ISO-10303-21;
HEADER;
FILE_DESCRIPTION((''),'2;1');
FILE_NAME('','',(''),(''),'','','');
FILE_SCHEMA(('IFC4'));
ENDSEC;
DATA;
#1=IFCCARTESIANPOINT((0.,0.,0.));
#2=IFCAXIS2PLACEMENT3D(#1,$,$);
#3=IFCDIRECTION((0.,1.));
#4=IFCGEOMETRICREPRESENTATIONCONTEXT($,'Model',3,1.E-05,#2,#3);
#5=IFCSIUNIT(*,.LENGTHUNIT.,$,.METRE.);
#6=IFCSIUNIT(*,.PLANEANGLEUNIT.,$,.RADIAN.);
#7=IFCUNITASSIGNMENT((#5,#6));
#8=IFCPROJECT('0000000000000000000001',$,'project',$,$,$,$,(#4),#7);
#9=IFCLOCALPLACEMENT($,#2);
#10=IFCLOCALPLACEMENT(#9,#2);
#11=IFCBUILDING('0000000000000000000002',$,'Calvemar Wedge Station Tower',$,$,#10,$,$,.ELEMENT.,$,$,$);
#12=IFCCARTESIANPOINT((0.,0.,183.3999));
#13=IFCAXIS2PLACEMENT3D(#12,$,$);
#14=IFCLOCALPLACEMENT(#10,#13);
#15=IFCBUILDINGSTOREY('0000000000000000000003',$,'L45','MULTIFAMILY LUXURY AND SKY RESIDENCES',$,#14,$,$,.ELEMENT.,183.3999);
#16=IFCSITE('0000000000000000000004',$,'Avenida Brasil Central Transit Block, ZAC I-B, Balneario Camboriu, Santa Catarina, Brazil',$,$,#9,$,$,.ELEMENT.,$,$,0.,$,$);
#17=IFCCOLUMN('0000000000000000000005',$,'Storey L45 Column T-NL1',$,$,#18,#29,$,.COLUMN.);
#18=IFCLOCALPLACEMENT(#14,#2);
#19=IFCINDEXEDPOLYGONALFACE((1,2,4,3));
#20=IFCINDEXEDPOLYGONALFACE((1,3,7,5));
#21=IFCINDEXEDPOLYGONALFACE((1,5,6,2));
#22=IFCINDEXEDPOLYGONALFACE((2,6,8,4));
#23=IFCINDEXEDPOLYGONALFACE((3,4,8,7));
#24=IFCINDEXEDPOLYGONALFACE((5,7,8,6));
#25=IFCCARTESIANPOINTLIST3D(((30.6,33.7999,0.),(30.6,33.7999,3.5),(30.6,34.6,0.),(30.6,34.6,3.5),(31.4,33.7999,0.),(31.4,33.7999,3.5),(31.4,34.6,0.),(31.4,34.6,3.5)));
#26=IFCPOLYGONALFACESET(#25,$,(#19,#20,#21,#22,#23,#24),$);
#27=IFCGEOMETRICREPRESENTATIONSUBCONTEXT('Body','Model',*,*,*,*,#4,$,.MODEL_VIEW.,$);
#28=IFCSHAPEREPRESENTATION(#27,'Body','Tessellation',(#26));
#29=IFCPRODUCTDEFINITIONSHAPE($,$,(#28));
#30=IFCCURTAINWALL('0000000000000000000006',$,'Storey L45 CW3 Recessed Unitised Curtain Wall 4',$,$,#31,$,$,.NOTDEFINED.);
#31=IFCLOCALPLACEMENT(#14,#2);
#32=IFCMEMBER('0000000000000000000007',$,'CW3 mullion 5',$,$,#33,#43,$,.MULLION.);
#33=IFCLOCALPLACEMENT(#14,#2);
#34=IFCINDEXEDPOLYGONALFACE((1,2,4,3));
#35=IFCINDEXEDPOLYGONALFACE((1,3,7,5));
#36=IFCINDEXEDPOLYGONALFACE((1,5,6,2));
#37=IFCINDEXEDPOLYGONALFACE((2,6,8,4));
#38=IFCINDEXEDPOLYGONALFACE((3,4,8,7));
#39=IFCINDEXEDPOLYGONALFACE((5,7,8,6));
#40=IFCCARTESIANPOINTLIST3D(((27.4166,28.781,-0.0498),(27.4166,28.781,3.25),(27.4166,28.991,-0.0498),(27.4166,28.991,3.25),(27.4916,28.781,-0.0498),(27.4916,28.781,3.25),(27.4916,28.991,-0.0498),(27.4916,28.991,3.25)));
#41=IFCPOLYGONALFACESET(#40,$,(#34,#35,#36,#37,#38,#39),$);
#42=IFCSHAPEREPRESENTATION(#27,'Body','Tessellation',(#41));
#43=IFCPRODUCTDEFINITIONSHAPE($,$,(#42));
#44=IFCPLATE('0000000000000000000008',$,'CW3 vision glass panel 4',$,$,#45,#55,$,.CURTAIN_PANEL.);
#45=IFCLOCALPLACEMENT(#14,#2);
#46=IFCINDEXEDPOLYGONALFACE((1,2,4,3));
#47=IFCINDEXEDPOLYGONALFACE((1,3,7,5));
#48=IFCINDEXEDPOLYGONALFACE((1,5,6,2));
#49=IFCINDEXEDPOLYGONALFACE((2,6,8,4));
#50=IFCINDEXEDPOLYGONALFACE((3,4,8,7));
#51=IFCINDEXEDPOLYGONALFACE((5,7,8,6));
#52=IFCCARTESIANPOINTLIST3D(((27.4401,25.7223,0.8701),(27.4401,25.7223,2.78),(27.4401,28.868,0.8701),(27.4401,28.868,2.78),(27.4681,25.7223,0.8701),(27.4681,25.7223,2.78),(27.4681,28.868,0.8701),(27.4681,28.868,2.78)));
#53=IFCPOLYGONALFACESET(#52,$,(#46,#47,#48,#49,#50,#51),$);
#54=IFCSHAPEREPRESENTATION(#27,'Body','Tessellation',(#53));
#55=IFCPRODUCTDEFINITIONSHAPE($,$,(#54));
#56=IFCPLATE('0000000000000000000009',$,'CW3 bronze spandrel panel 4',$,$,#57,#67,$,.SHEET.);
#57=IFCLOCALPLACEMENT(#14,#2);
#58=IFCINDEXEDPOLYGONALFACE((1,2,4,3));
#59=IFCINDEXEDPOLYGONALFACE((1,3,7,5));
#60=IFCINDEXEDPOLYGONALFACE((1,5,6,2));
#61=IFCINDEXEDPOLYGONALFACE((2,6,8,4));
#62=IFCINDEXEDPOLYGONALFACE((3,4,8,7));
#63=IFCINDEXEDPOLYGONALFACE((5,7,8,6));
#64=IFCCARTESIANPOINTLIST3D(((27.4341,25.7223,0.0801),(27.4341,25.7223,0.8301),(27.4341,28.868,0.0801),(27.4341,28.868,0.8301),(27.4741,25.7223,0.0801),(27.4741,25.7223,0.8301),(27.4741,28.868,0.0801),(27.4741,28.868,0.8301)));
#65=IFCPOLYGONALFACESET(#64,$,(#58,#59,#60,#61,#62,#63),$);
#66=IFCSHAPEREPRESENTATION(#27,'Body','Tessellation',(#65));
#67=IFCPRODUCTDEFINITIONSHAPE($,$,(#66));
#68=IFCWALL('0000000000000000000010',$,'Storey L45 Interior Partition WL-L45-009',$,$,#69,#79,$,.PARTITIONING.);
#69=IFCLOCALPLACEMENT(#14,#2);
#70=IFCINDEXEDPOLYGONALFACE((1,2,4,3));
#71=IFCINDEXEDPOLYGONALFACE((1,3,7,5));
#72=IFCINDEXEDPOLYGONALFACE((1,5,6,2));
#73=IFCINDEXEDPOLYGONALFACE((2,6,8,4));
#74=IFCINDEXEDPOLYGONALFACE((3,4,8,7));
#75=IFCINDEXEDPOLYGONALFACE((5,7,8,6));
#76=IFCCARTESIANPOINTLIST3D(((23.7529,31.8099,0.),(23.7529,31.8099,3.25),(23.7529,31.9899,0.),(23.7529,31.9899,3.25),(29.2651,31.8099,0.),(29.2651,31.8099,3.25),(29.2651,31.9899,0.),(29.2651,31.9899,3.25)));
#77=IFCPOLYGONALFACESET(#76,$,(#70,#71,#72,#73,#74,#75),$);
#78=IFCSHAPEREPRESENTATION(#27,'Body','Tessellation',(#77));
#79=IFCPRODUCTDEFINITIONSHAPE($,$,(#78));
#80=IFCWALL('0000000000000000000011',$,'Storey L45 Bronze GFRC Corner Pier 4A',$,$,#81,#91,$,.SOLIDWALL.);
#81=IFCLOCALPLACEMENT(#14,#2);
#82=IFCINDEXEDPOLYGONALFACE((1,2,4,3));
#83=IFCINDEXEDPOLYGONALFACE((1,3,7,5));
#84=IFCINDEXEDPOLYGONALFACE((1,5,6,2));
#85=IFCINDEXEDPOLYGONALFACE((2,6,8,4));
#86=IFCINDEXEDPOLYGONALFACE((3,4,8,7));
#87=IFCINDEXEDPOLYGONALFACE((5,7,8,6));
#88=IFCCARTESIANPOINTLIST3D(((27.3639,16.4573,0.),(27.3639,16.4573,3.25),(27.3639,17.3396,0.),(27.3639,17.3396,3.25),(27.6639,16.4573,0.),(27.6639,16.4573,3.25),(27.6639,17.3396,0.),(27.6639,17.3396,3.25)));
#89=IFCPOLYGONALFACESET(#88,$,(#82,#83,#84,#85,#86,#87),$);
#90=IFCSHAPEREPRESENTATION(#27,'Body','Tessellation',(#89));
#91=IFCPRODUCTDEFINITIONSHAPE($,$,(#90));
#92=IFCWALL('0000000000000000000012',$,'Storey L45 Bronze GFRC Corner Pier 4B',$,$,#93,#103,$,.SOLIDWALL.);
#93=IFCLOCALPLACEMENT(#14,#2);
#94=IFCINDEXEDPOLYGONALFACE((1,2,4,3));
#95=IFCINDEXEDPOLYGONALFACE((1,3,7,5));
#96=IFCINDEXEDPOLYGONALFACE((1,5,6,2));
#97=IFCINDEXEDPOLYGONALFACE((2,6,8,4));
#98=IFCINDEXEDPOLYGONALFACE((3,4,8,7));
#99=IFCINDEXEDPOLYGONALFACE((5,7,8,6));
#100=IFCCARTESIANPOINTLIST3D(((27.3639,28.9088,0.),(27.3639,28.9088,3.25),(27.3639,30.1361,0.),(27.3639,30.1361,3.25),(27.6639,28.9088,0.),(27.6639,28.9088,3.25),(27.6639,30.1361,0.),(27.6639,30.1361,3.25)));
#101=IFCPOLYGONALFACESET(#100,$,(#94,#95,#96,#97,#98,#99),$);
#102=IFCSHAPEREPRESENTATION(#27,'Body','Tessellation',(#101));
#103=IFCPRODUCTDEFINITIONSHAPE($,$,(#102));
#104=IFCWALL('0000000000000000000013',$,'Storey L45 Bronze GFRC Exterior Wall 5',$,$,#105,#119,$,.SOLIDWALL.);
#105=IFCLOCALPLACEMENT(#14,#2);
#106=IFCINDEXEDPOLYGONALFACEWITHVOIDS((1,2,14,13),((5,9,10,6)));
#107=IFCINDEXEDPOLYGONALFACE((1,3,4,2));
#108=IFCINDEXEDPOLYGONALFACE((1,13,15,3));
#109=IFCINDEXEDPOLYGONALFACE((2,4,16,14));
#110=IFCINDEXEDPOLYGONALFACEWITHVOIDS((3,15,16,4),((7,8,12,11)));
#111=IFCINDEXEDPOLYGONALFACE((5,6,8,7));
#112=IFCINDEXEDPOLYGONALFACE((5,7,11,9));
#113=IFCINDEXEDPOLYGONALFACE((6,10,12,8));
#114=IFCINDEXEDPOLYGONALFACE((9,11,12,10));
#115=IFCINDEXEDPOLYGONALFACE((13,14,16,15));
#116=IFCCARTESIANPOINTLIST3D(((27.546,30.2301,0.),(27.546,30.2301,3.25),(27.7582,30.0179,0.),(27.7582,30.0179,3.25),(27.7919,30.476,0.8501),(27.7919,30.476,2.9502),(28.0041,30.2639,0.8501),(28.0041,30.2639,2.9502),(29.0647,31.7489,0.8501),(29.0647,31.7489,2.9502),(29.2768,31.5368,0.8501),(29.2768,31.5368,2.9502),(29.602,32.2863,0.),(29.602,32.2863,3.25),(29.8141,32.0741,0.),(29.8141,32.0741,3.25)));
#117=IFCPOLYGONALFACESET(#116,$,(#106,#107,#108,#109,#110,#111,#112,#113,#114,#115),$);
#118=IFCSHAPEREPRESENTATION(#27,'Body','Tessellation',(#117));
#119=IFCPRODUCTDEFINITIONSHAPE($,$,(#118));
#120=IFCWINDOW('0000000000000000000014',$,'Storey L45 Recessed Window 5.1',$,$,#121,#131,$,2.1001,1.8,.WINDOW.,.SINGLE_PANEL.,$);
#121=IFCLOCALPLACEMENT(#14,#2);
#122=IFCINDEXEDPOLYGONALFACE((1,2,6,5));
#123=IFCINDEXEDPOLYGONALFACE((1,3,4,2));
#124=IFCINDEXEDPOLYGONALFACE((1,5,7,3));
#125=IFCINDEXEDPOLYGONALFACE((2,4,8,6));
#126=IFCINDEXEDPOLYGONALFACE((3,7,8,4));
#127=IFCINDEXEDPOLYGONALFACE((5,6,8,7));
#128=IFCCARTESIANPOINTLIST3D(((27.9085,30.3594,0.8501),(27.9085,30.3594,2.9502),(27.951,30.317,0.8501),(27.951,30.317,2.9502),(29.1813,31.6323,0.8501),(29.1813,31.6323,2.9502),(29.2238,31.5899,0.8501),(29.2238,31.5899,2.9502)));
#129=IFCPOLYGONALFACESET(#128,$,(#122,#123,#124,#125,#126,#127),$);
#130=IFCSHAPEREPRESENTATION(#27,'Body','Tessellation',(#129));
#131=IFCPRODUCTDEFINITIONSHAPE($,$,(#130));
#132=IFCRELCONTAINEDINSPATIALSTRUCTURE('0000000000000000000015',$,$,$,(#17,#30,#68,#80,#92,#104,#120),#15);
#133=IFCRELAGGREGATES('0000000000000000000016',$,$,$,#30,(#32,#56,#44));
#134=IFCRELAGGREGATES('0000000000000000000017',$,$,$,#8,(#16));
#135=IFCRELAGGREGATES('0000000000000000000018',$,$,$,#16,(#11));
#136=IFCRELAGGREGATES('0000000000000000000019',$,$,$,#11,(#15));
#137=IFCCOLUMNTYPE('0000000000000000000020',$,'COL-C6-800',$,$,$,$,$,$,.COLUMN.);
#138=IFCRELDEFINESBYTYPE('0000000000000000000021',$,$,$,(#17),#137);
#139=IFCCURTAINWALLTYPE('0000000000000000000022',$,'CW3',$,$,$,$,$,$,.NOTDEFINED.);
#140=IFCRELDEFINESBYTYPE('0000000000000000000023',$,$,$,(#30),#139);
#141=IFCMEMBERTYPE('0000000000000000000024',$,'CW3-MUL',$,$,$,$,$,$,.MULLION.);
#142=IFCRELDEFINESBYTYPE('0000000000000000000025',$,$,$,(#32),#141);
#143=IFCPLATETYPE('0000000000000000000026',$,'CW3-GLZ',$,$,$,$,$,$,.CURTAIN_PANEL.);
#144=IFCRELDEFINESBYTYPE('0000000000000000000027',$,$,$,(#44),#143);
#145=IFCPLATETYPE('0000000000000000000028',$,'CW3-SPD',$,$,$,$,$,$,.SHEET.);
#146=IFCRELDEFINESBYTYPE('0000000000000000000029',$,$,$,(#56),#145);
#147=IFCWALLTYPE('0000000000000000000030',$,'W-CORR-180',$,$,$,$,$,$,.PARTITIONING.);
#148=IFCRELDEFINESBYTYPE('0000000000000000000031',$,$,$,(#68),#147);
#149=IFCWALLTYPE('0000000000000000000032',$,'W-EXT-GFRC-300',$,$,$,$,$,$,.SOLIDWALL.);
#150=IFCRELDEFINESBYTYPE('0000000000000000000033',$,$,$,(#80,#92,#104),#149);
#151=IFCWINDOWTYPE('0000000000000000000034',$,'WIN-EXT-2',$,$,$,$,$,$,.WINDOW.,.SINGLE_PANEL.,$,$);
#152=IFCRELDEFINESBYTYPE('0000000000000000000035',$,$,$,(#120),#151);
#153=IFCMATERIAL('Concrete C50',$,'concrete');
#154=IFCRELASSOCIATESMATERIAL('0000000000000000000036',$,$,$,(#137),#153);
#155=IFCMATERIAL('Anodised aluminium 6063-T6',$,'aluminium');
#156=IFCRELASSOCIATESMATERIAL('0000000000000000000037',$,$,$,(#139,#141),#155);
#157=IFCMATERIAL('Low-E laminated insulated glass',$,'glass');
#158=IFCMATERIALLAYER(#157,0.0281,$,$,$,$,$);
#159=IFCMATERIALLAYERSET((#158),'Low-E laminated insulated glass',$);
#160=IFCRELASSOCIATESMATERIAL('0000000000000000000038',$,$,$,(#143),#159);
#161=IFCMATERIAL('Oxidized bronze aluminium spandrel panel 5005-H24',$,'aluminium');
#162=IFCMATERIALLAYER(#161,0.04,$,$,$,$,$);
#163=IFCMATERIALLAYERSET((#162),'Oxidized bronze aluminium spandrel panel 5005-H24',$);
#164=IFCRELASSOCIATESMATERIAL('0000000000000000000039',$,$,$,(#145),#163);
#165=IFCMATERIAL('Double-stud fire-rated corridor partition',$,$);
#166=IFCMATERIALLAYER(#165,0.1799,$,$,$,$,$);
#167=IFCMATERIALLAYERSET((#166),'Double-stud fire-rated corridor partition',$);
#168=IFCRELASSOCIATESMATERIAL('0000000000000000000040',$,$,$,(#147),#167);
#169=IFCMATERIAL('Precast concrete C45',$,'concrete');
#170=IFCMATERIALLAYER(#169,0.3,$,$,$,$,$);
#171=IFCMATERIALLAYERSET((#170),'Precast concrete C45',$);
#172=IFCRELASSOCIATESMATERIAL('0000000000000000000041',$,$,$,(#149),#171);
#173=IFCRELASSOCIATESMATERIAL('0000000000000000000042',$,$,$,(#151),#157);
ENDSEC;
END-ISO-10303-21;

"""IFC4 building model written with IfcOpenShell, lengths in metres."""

from ifc_helpers import new_model, si_unit, direction, frame, frame_2d, origin, origin_2d, place, context, subcontext, project, spatial, rectangle, extrude, source, transform, mapped, material, layer, layer_set, material_profile, profile_set, type_object, element, fill, aggregate, save


model = new_model("IFC4")

# Units and contexts
model_context = context("Model", 3, precision=1e-05, world=origin(), true_north=direction((0.0, 1.0)))
body_context = subcontext(model_context, "Body", "Model", "MODEL_VIEW")
ifc_project = project(units=[si_unit("LENGTHUNIT", "METRE"), si_unit("PLANEANGLEUNIT", "RADIAN")], contexts=[model_context])

# Site, building, storey
site_placement = place(None, origin())
site = spatial("IfcSite", under=ifc_project, at=site_placement, Name="Avenida Brasil Central Transit Block, ZAC I-B, Balneario Camboriu, Santa Catarina, Brazil", CompositionType="ELEMENT", RefElevation=0.0)
building_placement = place(site_placement, origin())
building = spatial("IfcBuilding", under=site, at=building_placement, Name="Calvemar Wedge Station Tower", CompositionType="ELEMENT")
storey_placement = place(building_placement, frame((0.0, 0.0, 183.3999)))
storey = spatial("IfcBuildingStorey", under=building, at=storey_placement, Name="L45", Description="MULTIFAMILY LUXURY AND SKY RESIDENCES", CompositionType="ELEMENT", Elevation=183.3999)

# Column
ifc_material_1 = material(Name="Concrete C50", Category="concrete")
ifc_material_profile_1 = material_profile(ifc_material_1, rectangle(XDim=0.8, YDim=0.8, at=origin_2d()), Name="RC800x800")
ifc_profile_set_1 = profile_set([ifc_material_profile_1], Name="Concrete C50")
column_type = type_object("IfcColumnType", Name="COL-C6-800", PredefinedType="COLUMN", material=ifc_profile_set_1)
shared_shape_1 = source(origin(), body_context, "Body", "SweptSolid", [
    extrude(rectangle(XDim=0.8, YDim=0.8, at=origin_2d()), origin(), (0.0, 0.0, 1.0), 3.5),
])
column_placement = place(storey_placement, frame((31.0, 34.2, 0.0), z_axis=(0.0, 0.0, 1.0), x_axis=(1.0, 0.0, 0.0)))
element("IfcColumn", 1, at=column_placement, inside=storey, type_object=column_type, Name="Storey L45 Column T-NL1", PredefinedType="COLUMN", context=body_context, shape_type="MappedRepresentation", body=[
    mapped(shared_shape_1, transform((0.0, 0.0, 0.0), scale=1.0)),
])

# Curtain wall, member, plates
ifc_material_2 = material(Name="Anodised aluminium 6063-T6", Category="aluminium")
curtain_wall_type = type_object("IfcCurtainWallType", Name="CW3", PredefinedType="NOTDEFINED", material=ifc_material_2)
curtain_wall_placement = place(storey_placement, origin())
curtain_wall = element("IfcCurtainWall", 2, at=curtain_wall_placement, inside=storey, type_object=curtain_wall_type, Name="Storey L45 CW3 Recessed Unitised Curtain Wall 4", PredefinedType="NOTDEFINED")
ifc_material_profile_2 = material_profile(ifc_material_2, rectangle(XDim=0.075, YDim=0.21, at=origin_2d()), Name="AL-MUL-75x210")
ifc_profile_set_2 = profile_set([ifc_material_profile_2], Name="Anodised aluminium 6063-T6")
member_type = type_object("IfcMemberType", Name="CW3-MUL", PredefinedType="MULLION", material=ifc_profile_set_2)
shared_shape_2 = source(origin(), body_context, "Body", "SweptSolid", [
    extrude(rectangle(XDim=0.075, YDim=0.21, at=origin_2d()), origin(), (0.0, 0.0, 1.0), 3.2998),
])
member_placement = place(storey_placement, frame((27.4541, 28.886, -0.0498), z_axis=(0.0, 0.0, 1.0), x_axis=(1.0, 0.0, 0.0)))
member = element("IfcMember", 3, at=member_placement, type_object=member_type, Name="CW3 mullion 5", PredefinedType="MULLION", context=body_context, shape_type="MappedRepresentation", body=[
    mapped(shared_shape_2, transform((0.0, 0.0, 0.0), scale=1.0)),
])
ifc_material_3 = material(Name="Low-E laminated insulated glass", Category="glass")
ifc_layer_1 = layer(ifc_material_3, 0.0281)
ifc_layer_set_1 = layer_set([ifc_layer_1], Name="Low-E laminated insulated glass")
plate_type_1 = type_object("IfcPlateType", Name="CW3-GLZ", PredefinedType="CURTAIN_PANEL", material=ifc_layer_set_1)
plate_1_placement = place(storey_placement, frame((27.4541, 25.7224, 0.8701), z_axis=(0.0, 0.0, 1.0), x_axis=(0.0, 1.0, 0.0)))
plate_1 = element("IfcPlate", 4, at=plate_1_placement, type_object=plate_type_1, Name="CW3 vision glass panel 4", PredefinedType="CURTAIN_PANEL", context=body_context, shape_type="SweptSolid", body=[
    extrude(rectangle(XDim=3.1458, YDim=0.0281, at=frame_2d((1.5728, 0.0))), origin(), (0.0, 0.0, 1.0), 1.9099),
])
ifc_material_4 = material(Name="Oxidized bronze aluminium spandrel panel 5005-H24", Category="aluminium")
ifc_layer_2 = layer(ifc_material_4, 0.04)
ifc_layer_set_2 = layer_set([ifc_layer_2], Name="Oxidized bronze aluminium spandrel panel 5005-H24")
plate_type_2 = type_object("IfcPlateType", Name="CW3-SPD", PredefinedType="SHEET", material=ifc_layer_set_2)
plate_2_placement = place(storey_placement, frame((27.4541, 25.7224, 0.0801), z_axis=(0.0, 0.0, 1.0), x_axis=(0.0, 1.0, 0.0)))
plate_2 = element("IfcPlate", 5, at=plate_2_placement, type_object=plate_type_2, Name="CW3 bronze spandrel panel 4", PredefinedType="SHEET", context=body_context, shape_type="SweptSolid", body=[
    extrude(rectangle(XDim=3.1458, YDim=0.04, at=frame_2d((1.5728, 0.0))), origin(), (0.0, 0.0, 1.0), 0.75),
])
aggregate(curtain_wall, [member, plate_2, plate_1])

# Walls
ifc_material_5 = material(Name="Double-stud fire-rated corridor partition")
ifc_layer_3 = layer(ifc_material_5, 0.1799)
ifc_layer_set_3 = layer_set([ifc_layer_3], Name="Double-stud fire-rated corridor partition")
wall_type_1 = type_object("IfcWallType", Name="W-CORR-180", PredefinedType="PARTITIONING", material=ifc_layer_set_3)
wall_1_placement = place(storey_placement, frame((29.2651, 31.8999, 0.0), z_axis=(0.0, 0.0, 1.0), x_axis=(-1.0, 0.0, 0.0)))
element("IfcWall", 6, at=wall_1_placement, inside=storey, type_object=wall_type_1, Name="Storey L45 Interior Partition WL-L45-009", PredefinedType="PARTITIONING", context=body_context, shape_type="SweptSolid", body=[
    extrude(rectangle(XDim=5.5122, YDim=0.1799, at=frame_2d((2.7561, 0.0))), origin(), (0.0, 0.0, 1.0), 3.25),
])
ifc_material_6 = material(Name="Precast concrete C45", Category="concrete")
ifc_layer_4 = layer(ifc_material_6, 0.3)
ifc_layer_set_4 = layer_set([ifc_layer_4], Name="Precast concrete C45")
wall_type_2 = type_object("IfcWallType", Name="W-EXT-GFRC-300", PredefinedType="SOLIDWALL", material=ifc_layer_set_4)
wall_2_placement = place(storey_placement, frame((27.5139, 16.4573, 0.0), z_axis=(0.0, 0.0, 1.0), x_axis=(0.0, 1.0, 0.0)))
element("IfcWall", 7, at=wall_2_placement, inside=storey, type_object=wall_type_2, Name="Storey L45 Bronze GFRC Corner Pier 4A", PredefinedType="SOLIDWALL", context=body_context, shape_type="SweptSolid", body=[
    extrude(rectangle(XDim=0.8823, YDim=0.3, at=frame_2d((0.4412, 0.0))), origin(), (0.0, 0.0, 1.0), 3.25),
])
wall_3_placement = place(storey_placement, frame((27.5139, 28.9087, 0.0), z_axis=(0.0, 0.0, 1.0), x_axis=(0.0, 1.0, 0.0)))
element("IfcWall", 8, at=wall_3_placement, inside=storey, type_object=wall_type_2, Name="Storey L45 Bronze GFRC Corner Pier 4B", PredefinedType="SOLIDWALL", context=body_context, shape_type="SweptSolid", body=[
    extrude(rectangle(XDim=1.2273, YDim=0.3, at=frame_2d((0.6138, 0.0))), origin(), (0.0, 0.0, 1.0), 3.25),
])

# Wall, opening, window
wall_4_placement = place(storey_placement, frame((27.6521, 30.124, 0.0), z_axis=(0.0, 0.0, 1.0), x_axis=(0.707065, 0.707149, 0.0)))
wall_4 = element("IfcWall", 9, at=wall_4_placement, inside=storey, type_object=wall_type_2, Name="Storey L45 Bronze GFRC Exterior Wall 5", PredefinedType="SOLIDWALL", context=body_context, shape_type="SweptSolid", body=[
    extrude(rectangle(XDim=2.9077, YDim=0.3, at=frame_2d((1.4539, 0.0))), origin(), (0.0, 0.0, 1.0), 3.25),
])
shared_shape_3 = source(origin(), body_context, "Body", "SweptSolid", [
    extrude(rectangle(XDim=1.8, YDim=2.1001, at=frame_2d((0.8999, 1.05))), frame((0.0, 0.1602, 0.0), z_axis=(0.0, -1.0, 0.0), x_axis=(1.0, 0.0, 0.0)), (0.0, 0.0, 1.0), 0.3201),
])
opening_1_placement = place(wall_4_placement, frame((0.3479, 0.0, 0.8501)))
opening_1 = element("IfcOpeningElement", 10, at=opening_1_placement, cuts=wall_4, PredefinedType="OPENING", context=body_context, shape_type="MappedRepresentation", body=[
    mapped(shared_shape_3, transform((0.0, 0.0, 0.0), scale=1.0)),
])
window_type_1 = type_object("IfcWindowType", Name="WIN-EXT-2", PartitioningType="SINGLE_PANEL", PredefinedType="WINDOW", material=ifc_material_3)
shared_shape_4 = source(origin(), body_context, "Body", "SweptSolid", [
    extrude(rectangle(XDim=1.8, YDim=2.1001, at=frame_2d((0.8999, 1.05))), frame((0.0, -0.0149, 0.0), z_axis=(0.0, -1.0, 0.0), x_axis=(1.0, 0.0, 0.0)), (0.0, 0.0, 1.0), 0.0601),
])
window_1_placement = place(opening_1_placement, origin())
window_1 = element("IfcWindow", 11, at=window_1_placement, inside=storey, type_object=window_type_1, Name="Storey L45 Recessed Window 5.1", OverallHeight=2.1001, OverallWidth=1.8, PartitioningType="SINGLE_PANEL", PredefinedType="WINDOW", context=body_context, shape_type="MappedRepresentation", body=[
    mapped(shared_shape_4, transform((0.0, 0.0, 0.0), scale=1.0)),
])
fill(opening_1, window_1)

save(model, "model.ifc")
